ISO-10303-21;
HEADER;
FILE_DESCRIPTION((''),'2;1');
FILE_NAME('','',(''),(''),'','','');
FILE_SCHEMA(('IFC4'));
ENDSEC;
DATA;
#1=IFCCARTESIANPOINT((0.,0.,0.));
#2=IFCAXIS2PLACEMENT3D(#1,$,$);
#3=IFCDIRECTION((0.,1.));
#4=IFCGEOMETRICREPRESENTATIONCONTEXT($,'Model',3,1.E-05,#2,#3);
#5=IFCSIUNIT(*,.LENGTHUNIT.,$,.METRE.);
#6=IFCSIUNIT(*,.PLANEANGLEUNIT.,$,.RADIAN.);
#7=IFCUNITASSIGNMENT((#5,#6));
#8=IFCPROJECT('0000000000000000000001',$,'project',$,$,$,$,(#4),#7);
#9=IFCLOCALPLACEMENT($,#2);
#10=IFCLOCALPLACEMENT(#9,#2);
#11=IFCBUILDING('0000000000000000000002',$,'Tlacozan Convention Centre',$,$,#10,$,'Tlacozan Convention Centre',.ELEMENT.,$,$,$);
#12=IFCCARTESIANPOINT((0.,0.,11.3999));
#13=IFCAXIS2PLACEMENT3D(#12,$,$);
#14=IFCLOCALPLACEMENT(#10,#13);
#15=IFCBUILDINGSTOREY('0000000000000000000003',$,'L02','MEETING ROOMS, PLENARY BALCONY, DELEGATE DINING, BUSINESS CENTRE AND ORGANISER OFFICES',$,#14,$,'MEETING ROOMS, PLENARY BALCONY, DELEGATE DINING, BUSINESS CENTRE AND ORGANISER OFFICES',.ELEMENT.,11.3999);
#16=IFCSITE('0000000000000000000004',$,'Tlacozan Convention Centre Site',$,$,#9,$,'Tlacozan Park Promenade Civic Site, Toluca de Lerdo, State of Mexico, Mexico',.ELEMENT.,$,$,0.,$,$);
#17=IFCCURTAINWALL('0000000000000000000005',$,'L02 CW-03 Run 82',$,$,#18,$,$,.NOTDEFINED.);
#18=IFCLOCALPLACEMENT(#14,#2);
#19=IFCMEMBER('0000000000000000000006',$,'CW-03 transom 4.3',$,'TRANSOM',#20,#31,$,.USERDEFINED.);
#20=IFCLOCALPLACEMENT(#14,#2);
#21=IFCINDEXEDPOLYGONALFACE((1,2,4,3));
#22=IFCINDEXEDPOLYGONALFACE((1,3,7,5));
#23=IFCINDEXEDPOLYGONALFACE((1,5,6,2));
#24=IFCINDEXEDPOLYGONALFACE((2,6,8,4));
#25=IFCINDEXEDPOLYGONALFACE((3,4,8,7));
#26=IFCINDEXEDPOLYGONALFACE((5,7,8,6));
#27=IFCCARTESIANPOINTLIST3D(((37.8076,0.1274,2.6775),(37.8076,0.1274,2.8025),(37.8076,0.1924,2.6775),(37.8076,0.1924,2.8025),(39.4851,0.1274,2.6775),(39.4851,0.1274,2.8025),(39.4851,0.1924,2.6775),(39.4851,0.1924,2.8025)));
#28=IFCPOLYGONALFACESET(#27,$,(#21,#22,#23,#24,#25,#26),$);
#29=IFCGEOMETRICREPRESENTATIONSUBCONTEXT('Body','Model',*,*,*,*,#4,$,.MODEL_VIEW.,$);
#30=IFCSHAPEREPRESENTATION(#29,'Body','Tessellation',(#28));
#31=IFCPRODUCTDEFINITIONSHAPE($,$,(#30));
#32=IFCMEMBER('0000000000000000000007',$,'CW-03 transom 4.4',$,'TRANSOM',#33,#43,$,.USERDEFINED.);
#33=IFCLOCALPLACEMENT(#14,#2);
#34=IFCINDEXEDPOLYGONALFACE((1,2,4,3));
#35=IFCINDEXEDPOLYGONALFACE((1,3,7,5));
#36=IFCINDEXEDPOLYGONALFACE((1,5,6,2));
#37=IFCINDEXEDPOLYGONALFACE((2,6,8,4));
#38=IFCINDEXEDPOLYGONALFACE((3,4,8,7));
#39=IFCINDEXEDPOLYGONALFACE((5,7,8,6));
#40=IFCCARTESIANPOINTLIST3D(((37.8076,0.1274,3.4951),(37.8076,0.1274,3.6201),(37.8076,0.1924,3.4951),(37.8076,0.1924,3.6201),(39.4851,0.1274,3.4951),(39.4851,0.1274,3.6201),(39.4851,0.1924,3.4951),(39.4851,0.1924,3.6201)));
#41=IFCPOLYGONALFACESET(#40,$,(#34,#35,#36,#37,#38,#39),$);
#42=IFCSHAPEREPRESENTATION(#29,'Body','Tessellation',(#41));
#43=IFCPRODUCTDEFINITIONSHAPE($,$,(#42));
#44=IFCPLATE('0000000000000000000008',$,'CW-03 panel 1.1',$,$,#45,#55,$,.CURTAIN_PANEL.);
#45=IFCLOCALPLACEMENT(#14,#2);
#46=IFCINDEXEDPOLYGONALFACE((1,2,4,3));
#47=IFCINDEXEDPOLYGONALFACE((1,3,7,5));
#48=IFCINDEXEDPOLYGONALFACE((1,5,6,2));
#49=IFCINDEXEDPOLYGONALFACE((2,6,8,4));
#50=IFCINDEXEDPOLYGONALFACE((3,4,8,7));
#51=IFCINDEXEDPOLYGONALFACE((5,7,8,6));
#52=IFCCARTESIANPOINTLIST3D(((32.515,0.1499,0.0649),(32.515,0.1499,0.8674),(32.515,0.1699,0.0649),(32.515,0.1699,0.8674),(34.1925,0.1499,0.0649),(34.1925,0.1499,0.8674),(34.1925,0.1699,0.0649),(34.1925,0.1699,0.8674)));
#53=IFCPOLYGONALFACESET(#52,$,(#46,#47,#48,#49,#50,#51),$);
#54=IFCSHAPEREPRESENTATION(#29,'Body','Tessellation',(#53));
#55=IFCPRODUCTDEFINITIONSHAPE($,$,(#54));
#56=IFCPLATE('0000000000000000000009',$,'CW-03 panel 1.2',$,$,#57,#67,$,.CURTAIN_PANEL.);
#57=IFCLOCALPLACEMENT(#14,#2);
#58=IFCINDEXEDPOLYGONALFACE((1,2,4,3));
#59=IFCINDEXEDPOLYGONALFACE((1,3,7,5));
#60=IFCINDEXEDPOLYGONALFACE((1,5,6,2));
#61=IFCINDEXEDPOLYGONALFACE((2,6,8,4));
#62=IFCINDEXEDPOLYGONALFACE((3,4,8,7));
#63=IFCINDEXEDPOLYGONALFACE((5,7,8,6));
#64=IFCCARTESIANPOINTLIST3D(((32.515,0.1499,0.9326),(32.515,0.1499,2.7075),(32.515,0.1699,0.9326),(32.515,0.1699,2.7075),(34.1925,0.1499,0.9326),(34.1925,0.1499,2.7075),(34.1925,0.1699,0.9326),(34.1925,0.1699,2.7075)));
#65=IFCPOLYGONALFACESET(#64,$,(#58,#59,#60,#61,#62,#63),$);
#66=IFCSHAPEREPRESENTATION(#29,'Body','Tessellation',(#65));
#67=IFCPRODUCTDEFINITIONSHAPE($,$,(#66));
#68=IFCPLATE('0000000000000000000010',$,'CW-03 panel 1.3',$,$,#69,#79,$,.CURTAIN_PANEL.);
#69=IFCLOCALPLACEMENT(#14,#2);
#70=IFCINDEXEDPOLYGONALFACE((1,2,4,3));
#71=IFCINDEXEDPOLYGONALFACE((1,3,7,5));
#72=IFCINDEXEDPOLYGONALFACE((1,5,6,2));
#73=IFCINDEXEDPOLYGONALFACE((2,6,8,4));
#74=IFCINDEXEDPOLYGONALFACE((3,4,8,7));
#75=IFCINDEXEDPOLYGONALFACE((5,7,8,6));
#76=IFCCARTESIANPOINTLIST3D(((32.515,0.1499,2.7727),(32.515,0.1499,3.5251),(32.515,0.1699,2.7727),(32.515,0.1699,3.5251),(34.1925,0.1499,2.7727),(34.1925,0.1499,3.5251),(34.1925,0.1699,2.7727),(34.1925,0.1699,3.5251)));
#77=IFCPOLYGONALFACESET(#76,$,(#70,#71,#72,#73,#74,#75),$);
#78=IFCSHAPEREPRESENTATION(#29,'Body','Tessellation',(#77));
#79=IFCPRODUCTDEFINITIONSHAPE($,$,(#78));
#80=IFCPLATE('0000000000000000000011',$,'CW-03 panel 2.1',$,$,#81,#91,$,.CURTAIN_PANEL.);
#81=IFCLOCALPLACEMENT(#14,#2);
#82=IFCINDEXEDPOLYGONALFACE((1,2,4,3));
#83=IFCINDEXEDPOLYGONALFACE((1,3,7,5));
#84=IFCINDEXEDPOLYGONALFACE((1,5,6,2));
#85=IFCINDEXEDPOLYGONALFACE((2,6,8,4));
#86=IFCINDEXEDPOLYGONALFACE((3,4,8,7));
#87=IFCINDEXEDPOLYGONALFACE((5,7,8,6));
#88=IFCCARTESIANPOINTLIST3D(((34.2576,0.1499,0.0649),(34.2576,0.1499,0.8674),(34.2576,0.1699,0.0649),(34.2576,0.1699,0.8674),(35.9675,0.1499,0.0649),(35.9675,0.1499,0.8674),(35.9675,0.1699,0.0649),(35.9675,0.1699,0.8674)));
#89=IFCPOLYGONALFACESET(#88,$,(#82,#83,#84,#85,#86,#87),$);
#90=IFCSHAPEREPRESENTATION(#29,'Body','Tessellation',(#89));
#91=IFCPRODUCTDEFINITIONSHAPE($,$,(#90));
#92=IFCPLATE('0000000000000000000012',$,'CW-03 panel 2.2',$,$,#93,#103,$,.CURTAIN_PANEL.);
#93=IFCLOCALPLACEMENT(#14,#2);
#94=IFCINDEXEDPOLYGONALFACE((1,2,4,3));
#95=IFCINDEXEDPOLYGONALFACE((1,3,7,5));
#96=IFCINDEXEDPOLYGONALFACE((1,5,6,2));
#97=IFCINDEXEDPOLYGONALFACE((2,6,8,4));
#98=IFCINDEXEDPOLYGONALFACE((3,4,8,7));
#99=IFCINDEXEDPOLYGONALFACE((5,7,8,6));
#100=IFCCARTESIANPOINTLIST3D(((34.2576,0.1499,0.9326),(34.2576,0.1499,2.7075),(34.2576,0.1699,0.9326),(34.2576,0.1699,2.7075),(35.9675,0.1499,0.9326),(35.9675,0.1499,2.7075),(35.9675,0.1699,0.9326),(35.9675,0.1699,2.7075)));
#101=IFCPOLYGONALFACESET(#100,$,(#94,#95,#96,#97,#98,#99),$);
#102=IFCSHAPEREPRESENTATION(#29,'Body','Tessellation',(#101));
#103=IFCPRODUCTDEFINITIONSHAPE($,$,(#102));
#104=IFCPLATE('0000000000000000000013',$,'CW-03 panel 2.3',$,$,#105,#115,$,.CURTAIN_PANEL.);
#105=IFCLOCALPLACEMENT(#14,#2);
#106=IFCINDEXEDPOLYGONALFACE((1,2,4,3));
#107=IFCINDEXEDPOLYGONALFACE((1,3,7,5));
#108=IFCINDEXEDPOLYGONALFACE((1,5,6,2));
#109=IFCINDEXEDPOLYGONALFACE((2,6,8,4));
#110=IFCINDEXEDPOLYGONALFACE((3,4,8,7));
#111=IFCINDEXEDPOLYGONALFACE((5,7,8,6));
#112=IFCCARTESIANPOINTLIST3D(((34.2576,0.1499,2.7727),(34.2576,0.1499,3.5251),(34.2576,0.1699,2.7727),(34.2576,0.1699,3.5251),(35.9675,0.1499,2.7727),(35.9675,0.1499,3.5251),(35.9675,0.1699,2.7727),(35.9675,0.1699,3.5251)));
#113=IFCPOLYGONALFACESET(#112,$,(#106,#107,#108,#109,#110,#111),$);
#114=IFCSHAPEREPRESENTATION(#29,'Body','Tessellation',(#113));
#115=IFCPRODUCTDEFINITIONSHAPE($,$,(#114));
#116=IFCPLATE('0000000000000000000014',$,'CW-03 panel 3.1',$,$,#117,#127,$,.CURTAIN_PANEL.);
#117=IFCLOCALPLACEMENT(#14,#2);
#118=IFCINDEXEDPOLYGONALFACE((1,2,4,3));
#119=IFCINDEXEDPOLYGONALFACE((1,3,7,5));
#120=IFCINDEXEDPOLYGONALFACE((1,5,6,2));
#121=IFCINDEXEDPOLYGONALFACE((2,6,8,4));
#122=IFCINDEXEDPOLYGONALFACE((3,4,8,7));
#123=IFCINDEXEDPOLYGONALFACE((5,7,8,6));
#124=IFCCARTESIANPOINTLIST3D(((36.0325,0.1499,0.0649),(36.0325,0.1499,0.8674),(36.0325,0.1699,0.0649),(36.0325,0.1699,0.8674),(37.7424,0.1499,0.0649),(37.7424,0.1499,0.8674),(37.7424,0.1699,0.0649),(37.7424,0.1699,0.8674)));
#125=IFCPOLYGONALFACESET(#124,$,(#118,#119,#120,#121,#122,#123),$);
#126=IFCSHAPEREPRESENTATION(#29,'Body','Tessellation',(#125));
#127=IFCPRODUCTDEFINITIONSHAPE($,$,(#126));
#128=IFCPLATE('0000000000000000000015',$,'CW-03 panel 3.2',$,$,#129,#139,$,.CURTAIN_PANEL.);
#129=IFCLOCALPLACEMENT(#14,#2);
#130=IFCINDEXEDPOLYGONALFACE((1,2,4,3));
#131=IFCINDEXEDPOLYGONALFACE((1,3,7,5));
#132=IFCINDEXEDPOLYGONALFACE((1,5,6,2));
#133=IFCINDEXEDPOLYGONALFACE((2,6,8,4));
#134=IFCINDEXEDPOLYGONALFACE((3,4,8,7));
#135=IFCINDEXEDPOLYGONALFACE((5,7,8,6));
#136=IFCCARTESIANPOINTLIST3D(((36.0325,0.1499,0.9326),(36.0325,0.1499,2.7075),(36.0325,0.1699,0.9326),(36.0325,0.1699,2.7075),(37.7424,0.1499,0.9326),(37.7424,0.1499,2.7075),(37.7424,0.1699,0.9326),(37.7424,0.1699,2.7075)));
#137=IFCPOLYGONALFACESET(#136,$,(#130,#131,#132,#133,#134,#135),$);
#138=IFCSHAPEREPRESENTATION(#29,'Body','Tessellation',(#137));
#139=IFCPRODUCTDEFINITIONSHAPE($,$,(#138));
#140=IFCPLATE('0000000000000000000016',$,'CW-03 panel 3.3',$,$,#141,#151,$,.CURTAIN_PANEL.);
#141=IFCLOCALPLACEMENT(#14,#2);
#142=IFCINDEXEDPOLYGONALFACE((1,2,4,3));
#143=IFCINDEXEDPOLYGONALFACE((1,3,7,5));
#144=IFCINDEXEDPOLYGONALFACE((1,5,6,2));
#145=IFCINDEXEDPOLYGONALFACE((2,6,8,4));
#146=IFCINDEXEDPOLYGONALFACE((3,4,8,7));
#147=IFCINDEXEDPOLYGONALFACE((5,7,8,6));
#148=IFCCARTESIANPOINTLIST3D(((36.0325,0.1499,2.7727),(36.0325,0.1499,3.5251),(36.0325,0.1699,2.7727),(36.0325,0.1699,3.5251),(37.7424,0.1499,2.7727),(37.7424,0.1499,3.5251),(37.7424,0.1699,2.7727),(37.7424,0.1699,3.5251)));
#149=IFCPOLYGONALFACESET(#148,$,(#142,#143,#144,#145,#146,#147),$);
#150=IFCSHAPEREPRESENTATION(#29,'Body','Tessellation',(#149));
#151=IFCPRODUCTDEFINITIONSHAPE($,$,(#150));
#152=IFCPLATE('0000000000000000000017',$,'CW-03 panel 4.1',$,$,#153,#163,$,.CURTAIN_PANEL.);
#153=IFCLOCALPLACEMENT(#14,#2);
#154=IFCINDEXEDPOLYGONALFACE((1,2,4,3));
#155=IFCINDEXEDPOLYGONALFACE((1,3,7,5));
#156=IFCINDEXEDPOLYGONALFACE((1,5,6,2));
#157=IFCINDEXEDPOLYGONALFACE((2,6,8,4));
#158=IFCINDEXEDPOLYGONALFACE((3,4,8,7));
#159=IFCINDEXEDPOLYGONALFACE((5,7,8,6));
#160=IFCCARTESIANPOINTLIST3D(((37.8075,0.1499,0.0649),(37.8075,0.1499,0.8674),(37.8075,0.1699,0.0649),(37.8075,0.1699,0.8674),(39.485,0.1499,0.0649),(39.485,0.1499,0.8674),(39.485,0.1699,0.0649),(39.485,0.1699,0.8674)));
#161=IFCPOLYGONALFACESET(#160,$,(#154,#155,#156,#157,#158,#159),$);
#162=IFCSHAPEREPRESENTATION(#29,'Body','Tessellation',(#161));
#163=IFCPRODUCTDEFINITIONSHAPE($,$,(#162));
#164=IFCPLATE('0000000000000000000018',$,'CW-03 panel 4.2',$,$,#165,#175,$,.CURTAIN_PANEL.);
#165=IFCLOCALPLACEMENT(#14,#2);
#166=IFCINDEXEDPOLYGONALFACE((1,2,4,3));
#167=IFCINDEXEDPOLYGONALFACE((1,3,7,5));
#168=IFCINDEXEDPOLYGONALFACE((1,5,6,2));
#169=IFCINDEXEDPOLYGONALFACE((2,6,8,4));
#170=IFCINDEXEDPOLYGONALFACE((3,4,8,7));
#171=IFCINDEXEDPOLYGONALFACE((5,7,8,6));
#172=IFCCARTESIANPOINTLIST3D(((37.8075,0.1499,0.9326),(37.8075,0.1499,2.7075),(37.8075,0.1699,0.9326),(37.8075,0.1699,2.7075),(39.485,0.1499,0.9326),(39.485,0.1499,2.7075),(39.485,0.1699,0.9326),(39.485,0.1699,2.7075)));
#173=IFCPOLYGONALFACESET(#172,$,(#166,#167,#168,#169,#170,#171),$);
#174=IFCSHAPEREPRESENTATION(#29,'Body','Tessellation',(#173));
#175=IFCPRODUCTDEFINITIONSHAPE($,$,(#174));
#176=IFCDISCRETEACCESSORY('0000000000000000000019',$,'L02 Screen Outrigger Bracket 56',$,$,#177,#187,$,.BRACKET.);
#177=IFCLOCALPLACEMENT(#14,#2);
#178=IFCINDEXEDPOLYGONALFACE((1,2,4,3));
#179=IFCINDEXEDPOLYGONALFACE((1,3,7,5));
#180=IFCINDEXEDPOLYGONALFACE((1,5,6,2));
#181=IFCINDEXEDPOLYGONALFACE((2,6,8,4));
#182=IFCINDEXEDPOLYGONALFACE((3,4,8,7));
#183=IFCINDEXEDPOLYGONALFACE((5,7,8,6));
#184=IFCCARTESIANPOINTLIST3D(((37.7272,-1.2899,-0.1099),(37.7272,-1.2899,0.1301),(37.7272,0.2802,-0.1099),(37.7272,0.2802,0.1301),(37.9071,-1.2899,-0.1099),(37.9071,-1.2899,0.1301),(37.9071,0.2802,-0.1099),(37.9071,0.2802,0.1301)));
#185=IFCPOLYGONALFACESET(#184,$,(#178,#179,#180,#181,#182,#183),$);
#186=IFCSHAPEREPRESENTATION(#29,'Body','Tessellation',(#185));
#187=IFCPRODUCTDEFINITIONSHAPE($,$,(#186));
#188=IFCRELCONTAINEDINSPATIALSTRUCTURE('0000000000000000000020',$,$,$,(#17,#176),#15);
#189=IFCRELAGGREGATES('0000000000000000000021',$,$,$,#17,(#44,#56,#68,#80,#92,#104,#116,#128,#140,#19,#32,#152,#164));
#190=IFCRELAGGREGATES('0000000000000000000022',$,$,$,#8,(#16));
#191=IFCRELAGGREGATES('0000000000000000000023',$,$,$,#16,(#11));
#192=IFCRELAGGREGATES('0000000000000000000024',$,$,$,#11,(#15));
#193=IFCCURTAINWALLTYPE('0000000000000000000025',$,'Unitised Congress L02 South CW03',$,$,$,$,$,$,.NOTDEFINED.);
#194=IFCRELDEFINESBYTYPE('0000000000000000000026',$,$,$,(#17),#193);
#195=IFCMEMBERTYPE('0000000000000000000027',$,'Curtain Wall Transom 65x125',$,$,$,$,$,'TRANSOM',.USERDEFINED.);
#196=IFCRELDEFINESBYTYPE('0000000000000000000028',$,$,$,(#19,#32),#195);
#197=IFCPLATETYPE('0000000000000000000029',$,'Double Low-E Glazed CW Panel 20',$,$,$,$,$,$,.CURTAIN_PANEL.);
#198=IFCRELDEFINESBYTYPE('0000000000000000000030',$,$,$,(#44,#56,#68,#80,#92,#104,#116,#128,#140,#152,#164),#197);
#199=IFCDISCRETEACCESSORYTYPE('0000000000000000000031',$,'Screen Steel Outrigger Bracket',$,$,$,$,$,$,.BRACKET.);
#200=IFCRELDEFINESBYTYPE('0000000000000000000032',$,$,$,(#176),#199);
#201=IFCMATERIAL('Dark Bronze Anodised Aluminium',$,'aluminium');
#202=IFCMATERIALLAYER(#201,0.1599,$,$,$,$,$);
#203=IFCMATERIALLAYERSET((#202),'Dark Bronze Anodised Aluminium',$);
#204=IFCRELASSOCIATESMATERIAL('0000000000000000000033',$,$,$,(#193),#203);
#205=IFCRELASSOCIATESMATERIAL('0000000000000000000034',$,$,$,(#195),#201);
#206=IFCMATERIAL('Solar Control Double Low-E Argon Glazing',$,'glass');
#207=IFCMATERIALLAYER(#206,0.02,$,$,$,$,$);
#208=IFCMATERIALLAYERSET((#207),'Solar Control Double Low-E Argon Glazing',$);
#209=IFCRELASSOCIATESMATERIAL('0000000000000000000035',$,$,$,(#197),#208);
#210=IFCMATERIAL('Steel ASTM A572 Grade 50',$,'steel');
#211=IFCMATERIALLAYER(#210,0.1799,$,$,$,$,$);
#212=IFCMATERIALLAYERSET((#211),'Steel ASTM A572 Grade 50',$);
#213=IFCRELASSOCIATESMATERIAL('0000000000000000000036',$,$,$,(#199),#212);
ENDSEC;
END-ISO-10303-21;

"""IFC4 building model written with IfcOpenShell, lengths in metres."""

from ifc_helpers import new_model, si_unit, direction, frame, origin, origin_2d, place, context, subcontext, project, spatial, rectangle, extrude, material, layer, layer_set, material_profile, profile_set, type_object, element, aggregate, save


model = new_model("IFC4")

# Units and contexts
model_context = context("Model", 3, precision=1e-05, world=origin(), true_north=direction((0.0, 1.0)))
body_context = subcontext(model_context, "Body", "Model", "MODEL_VIEW")
ifc_project = project(units=[si_unit("LENGTHUNIT", "METRE"), si_unit("PLANEANGLEUNIT", "RADIAN")], contexts=[model_context])

# Site, building, storey
site_placement = place(None, origin())
site = spatial("IfcSite", under=ifc_project, at=site_placement, Name="Tlacozan Convention Centre Site", LongName="Tlacozan Park Promenade Civic Site, Toluca de Lerdo, State of Mexico, Mexico", CompositionType="ELEMENT", RefElevation=0.0)
building_placement = place(site_placement, origin())
building = spatial("IfcBuilding", under=site, at=building_placement, Name="Tlacozan Convention Centre", LongName="Tlacozan Convention Centre", CompositionType="ELEMENT")
storey_placement = place(building_placement, frame((0.0, 0.0, 11.3999)))
storey = spatial("IfcBuildingStorey", under=building, at=storey_placement, Name="L02", Description="MEETING ROOMS, PLENARY BALCONY, DELEGATE DINING, BUSINESS CENTRE AND ORGANISER OFFICES", LongName="MEETING ROOMS, PLENARY BALCONY, DELEGATE DINING, BUSINESS CENTRE AND ORGANISER OFFICES", CompositionType="ELEMENT", Elevation=11.3999)

# Curtain wall, members, plates
ifc_material_1 = material(Name="Dark Bronze Anodised Aluminium", Category="aluminium")
ifc_layer_1 = layer(ifc_material_1, 0.1599)
ifc_layer_set_1 = layer_set([ifc_layer_1], Name="Dark Bronze Anodised Aluminium")
curtain_wall_type = type_object("IfcCurtainWallType", Name="Unitised Congress L02 South CW03", PredefinedType="NOTDEFINED", material=ifc_layer_set_1)
curtain_wall_placement = place(storey_placement, origin())
curtain_wall = element("IfcCurtainWall", 1, at=curtain_wall_placement, inside=storey, type_object=curtain_wall_type, Name="L02 CW-03 Run 82", PredefinedType="NOTDEFINED")
ifc_material_profile_1 = material_profile(ifc_material_1, rectangle(XDim=0.0649, YDim=0.125, at=origin_2d()), Name="ALU 65x125")
ifc_profile_set_1 = profile_set([ifc_material_profile_1], Name="Dark Bronze Anodised Aluminium")
member_type_1 = type_object("IfcMemberType", Name="Curtain Wall Transom 65x125", ElementType="TRANSOM", PredefinedType="USERDEFINED", material=ifc_profile_set_1)
member_1_placement = place(storey_placement, frame((37.8076, 0.1599, 2.74), z_axis=(1.0, 0.0, 0.0), x_axis=(0.0, 1.0, 0.0)))
member_1 = element("IfcMember", 2, at=member_1_placement, type_object=member_type_1, Name="CW-03 transom 4.3", ObjectType="TRANSOM", PredefinedType="USERDEFINED", context=body_context, shape_type="SweptSolid", body=[
    extrude(rectangle(XDim=0.0649, YDim=0.125, at=origin_2d()), origin(), (0.0, 0.0, 1.0), 1.6775),
])
member_2_placement = place(storey_placement, frame((37.8076, 0.1599, 3.5576), z_axis=(1.0, 0.0, 0.0), x_axis=(0.0, 1.0, 0.0)))
member_2 = element("IfcMember", 3, at=member_2_placement, type_object=member_type_1, Name="CW-03 transom 4.4", ObjectType="TRANSOM", PredefinedType="USERDEFINED", context=body_context, shape_type="SweptSolid", body=[
    extrude(rectangle(XDim=0.0649, YDim=0.125, at=origin_2d()), origin(), (0.0, 0.0, 1.0), 1.6775),
])
ifc_material_2 = material(Name="Solar Control Double Low-E Argon Glazing", Category="glass")
ifc_layer_2 = layer(ifc_material_2, 0.02)
ifc_layer_set_2 = layer_set([ifc_layer_2], Name="Solar Control Double Low-E Argon Glazing")
plate_type = type_object("IfcPlateType", Name="Double Low-E Glazed CW Panel 20", PredefinedType="CURTAIN_PANEL", material=ifc_layer_set_2)
plate_1_placement = place(storey_placement, frame((33.3538, 0.1599, 0.0649), z_axis=(0.0, 0.0, 1.0), x_axis=(1.0, 0.0, 0.0)))
plate_1 = element("IfcPlate", 4, at=plate_1_placement, type_object=plate_type, Name="CW-03 panel 1.1", PredefinedType="CURTAIN_PANEL", context=body_context, shape_type="SweptSolid", body=[
    extrude(rectangle(XDim=1.6775, YDim=0.02, at=origin_2d()), origin(), (0.0, 0.0, 1.0), 0.8025),
])
plate_2_placement = place(storey_placement, frame((33.3538, 0.1599, 0.9326), z_axis=(0.0, 0.0, 1.0), x_axis=(1.0, 0.0, 0.0)))
plate_2 = element("IfcPlate", 5, at=plate_2_placement, type_object=plate_type, Name="CW-03 panel 1.2", PredefinedType="CURTAIN_PANEL", context=body_context, shape_type="SweptSolid", body=[
    extrude(rectangle(XDim=1.6775, YDim=0.02, at=origin_2d()), origin(), (0.0, 0.0, 1.0), 1.7749),
])
plate_3_placement = place(storey_placement, frame((33.3538, 0.1599, 2.7727), z_axis=(0.0, 0.0, 1.0), x_axis=(1.0, 0.0, 0.0)))
plate_3 = element("IfcPlate", 6, at=plate_3_placement, type_object=plate_type, Name="CW-03 panel 1.3", PredefinedType="CURTAIN_PANEL", context=body_context, shape_type="SweptSolid", body=[
    extrude(rectangle(XDim=1.6775, YDim=0.02, at=origin_2d()), origin(), (0.0, 0.0, 1.0), 0.7524),
])
plate_4_placement = place(storey_placement, frame((35.1125, 0.1599, 0.0649), z_axis=(0.0, 0.0, 1.0), x_axis=(1.0, 0.0, 0.0)))
plate_4 = element("IfcPlate", 7, at=plate_4_placement, type_object=plate_type, Name="CW-03 panel 2.1", PredefinedType="CURTAIN_PANEL", context=body_context, shape_type="SweptSolid", body=[
    extrude(rectangle(XDim=1.71, YDim=0.02, at=origin_2d()), origin(), (0.0, 0.0, 1.0), 0.8025),
])
plate_5_placement = place(storey_placement, frame((35.1125, 0.1599, 0.9326), z_axis=(0.0, 0.0, 1.0), x_axis=(1.0, 0.0, 0.0)))
plate_5 = element("IfcPlate", 8, at=plate_5_placement, type_object=plate_type, Name="CW-03 panel 2.2", PredefinedType="CURTAIN_PANEL", context=body_context, shape_type="SweptSolid", body=[
    extrude(rectangle(XDim=1.71, YDim=0.02, at=origin_2d()), origin(), (0.0, 0.0, 1.0), 1.7749),
])
plate_6_placement = place(storey_placement, frame((35.1125, 0.1599, 2.7727), z_axis=(0.0, 0.0, 1.0), x_axis=(1.0, 0.0, 0.0)))
plate_6 = element("IfcPlate", 9, at=plate_6_placement, type_object=plate_type, Name="CW-03 panel 2.3", PredefinedType="CURTAIN_PANEL", context=body_context, shape_type="SweptSolid", body=[
    extrude(rectangle(XDim=1.71, YDim=0.02, at=origin_2d()), origin(), (0.0, 0.0, 1.0), 0.7524),
])
plate_7_placement = place(storey_placement, frame((36.8875, 0.1599, 0.0649), z_axis=(0.0, 0.0, 1.0), x_axis=(1.0, 0.0, 0.0)))
plate_7 = element("IfcPlate", 10, at=plate_7_placement, type_object=plate_type, Name="CW-03 panel 3.1", PredefinedType="CURTAIN_PANEL", context=body_context, shape_type="SweptSolid", body=[
    extrude(rectangle(XDim=1.71, YDim=0.02, at=origin_2d()), origin(), (0.0, 0.0, 1.0), 0.8025),
])
plate_8_placement = place(storey_placement, frame((36.8875, 0.1599, 0.9326), z_axis=(0.0, 0.0, 1.0), x_axis=(1.0, 0.0, 0.0)))
plate_8 = element("IfcPlate", 11, at=plate_8_placement, type_object=plate_type, Name="CW-03 panel 3.2", PredefinedType="CURTAIN_PANEL", context=body_context, shape_type="SweptSolid", body=[
    extrude(rectangle(XDim=1.71, YDim=0.02, at=origin_2d()), origin(), (0.0, 0.0, 1.0), 1.7749),
])
plate_9_placement = place(storey_placement, frame((36.8875, 0.1599, 2.7727), z_axis=(0.0, 0.0, 1.0), x_axis=(1.0, 0.0, 0.0)))
plate_9 = element("IfcPlate", 12, at=plate_9_placement, type_object=plate_type, Name="CW-03 panel 3.3", PredefinedType="CURTAIN_PANEL", context=body_context, shape_type="SweptSolid", body=[
    extrude(rectangle(XDim=1.71, YDim=0.02, at=origin_2d()), origin(), (0.0, 0.0, 1.0), 0.7524),
])
plate_10_placement = place(storey_placement, frame((38.6462, 0.1599, 0.0649), z_axis=(0.0, 0.0, 1.0), x_axis=(1.0, 0.0, 0.0)))
plate_10 = element("IfcPlate", 13, at=plate_10_placement, type_object=plate_type, Name="CW-03 panel 4.1", PredefinedType="CURTAIN_PANEL", context=body_context, shape_type="SweptSolid", body=[
    extrude(rectangle(XDim=1.6775, YDim=0.02, at=origin_2d()), origin(), (0.0, 0.0, 1.0), 0.8025),
])
plate_11_placement = place(storey_placement, frame((38.6462, 0.1599, 0.9326), z_axis=(0.0, 0.0, 1.0), x_axis=(1.0, 0.0, 0.0)))
plate_11 = element("IfcPlate", 14, at=plate_11_placement, type_object=plate_type, Name="CW-03 panel 4.2", PredefinedType="CURTAIN_PANEL", context=body_context, shape_type="SweptSolid", body=[
    extrude(rectangle(XDim=1.6775, YDim=0.02, at=origin_2d()), origin(), (0.0, 0.0, 1.0), 1.7749),
])
aggregate(curtain_wall, [plate_1, plate_2, plate_3, plate_4, plate_5, plate_6, plate_7, plate_8, plate_9, member_1, member_2, plate_10, plate_11])

# Discrete accessory
ifc_material_3 = material(Name="Steel ASTM A572 Grade 50", Category="steel")
ifc_layer_3 = layer(ifc_material_3, 0.1799)
ifc_layer_set_3 = layer_set([ifc_layer_3], Name="Steel ASTM A572 Grade 50")
discrete_accessory_type = type_object("IfcDiscreteAccessoryType", Name="Screen Steel Outrigger Bracket", PredefinedType="BRACKET", material=ifc_layer_set_3)
discrete_accessory_placement = place(storey_placement, frame((37.8171, -0.5049, -0.1099), z_axis=(0.0, 0.0, 1.0), x_axis=(0.0, 1.0, 0.0)))
element("IfcDiscreteAccessory", 15, at=discrete_accessory_placement, inside=storey, type_object=discrete_accessory_type, Name="L02 Screen Outrigger Bracket 56", PredefinedType="BRACKET", context=body_context, shape_type="SweptSolid", body=[
    extrude(rectangle(XDim=1.5701, YDim=0.1799, at=origin_2d()), origin(), (0.0, 0.0, 1.0), 0.24),
])

save(model, "model.ifc")
